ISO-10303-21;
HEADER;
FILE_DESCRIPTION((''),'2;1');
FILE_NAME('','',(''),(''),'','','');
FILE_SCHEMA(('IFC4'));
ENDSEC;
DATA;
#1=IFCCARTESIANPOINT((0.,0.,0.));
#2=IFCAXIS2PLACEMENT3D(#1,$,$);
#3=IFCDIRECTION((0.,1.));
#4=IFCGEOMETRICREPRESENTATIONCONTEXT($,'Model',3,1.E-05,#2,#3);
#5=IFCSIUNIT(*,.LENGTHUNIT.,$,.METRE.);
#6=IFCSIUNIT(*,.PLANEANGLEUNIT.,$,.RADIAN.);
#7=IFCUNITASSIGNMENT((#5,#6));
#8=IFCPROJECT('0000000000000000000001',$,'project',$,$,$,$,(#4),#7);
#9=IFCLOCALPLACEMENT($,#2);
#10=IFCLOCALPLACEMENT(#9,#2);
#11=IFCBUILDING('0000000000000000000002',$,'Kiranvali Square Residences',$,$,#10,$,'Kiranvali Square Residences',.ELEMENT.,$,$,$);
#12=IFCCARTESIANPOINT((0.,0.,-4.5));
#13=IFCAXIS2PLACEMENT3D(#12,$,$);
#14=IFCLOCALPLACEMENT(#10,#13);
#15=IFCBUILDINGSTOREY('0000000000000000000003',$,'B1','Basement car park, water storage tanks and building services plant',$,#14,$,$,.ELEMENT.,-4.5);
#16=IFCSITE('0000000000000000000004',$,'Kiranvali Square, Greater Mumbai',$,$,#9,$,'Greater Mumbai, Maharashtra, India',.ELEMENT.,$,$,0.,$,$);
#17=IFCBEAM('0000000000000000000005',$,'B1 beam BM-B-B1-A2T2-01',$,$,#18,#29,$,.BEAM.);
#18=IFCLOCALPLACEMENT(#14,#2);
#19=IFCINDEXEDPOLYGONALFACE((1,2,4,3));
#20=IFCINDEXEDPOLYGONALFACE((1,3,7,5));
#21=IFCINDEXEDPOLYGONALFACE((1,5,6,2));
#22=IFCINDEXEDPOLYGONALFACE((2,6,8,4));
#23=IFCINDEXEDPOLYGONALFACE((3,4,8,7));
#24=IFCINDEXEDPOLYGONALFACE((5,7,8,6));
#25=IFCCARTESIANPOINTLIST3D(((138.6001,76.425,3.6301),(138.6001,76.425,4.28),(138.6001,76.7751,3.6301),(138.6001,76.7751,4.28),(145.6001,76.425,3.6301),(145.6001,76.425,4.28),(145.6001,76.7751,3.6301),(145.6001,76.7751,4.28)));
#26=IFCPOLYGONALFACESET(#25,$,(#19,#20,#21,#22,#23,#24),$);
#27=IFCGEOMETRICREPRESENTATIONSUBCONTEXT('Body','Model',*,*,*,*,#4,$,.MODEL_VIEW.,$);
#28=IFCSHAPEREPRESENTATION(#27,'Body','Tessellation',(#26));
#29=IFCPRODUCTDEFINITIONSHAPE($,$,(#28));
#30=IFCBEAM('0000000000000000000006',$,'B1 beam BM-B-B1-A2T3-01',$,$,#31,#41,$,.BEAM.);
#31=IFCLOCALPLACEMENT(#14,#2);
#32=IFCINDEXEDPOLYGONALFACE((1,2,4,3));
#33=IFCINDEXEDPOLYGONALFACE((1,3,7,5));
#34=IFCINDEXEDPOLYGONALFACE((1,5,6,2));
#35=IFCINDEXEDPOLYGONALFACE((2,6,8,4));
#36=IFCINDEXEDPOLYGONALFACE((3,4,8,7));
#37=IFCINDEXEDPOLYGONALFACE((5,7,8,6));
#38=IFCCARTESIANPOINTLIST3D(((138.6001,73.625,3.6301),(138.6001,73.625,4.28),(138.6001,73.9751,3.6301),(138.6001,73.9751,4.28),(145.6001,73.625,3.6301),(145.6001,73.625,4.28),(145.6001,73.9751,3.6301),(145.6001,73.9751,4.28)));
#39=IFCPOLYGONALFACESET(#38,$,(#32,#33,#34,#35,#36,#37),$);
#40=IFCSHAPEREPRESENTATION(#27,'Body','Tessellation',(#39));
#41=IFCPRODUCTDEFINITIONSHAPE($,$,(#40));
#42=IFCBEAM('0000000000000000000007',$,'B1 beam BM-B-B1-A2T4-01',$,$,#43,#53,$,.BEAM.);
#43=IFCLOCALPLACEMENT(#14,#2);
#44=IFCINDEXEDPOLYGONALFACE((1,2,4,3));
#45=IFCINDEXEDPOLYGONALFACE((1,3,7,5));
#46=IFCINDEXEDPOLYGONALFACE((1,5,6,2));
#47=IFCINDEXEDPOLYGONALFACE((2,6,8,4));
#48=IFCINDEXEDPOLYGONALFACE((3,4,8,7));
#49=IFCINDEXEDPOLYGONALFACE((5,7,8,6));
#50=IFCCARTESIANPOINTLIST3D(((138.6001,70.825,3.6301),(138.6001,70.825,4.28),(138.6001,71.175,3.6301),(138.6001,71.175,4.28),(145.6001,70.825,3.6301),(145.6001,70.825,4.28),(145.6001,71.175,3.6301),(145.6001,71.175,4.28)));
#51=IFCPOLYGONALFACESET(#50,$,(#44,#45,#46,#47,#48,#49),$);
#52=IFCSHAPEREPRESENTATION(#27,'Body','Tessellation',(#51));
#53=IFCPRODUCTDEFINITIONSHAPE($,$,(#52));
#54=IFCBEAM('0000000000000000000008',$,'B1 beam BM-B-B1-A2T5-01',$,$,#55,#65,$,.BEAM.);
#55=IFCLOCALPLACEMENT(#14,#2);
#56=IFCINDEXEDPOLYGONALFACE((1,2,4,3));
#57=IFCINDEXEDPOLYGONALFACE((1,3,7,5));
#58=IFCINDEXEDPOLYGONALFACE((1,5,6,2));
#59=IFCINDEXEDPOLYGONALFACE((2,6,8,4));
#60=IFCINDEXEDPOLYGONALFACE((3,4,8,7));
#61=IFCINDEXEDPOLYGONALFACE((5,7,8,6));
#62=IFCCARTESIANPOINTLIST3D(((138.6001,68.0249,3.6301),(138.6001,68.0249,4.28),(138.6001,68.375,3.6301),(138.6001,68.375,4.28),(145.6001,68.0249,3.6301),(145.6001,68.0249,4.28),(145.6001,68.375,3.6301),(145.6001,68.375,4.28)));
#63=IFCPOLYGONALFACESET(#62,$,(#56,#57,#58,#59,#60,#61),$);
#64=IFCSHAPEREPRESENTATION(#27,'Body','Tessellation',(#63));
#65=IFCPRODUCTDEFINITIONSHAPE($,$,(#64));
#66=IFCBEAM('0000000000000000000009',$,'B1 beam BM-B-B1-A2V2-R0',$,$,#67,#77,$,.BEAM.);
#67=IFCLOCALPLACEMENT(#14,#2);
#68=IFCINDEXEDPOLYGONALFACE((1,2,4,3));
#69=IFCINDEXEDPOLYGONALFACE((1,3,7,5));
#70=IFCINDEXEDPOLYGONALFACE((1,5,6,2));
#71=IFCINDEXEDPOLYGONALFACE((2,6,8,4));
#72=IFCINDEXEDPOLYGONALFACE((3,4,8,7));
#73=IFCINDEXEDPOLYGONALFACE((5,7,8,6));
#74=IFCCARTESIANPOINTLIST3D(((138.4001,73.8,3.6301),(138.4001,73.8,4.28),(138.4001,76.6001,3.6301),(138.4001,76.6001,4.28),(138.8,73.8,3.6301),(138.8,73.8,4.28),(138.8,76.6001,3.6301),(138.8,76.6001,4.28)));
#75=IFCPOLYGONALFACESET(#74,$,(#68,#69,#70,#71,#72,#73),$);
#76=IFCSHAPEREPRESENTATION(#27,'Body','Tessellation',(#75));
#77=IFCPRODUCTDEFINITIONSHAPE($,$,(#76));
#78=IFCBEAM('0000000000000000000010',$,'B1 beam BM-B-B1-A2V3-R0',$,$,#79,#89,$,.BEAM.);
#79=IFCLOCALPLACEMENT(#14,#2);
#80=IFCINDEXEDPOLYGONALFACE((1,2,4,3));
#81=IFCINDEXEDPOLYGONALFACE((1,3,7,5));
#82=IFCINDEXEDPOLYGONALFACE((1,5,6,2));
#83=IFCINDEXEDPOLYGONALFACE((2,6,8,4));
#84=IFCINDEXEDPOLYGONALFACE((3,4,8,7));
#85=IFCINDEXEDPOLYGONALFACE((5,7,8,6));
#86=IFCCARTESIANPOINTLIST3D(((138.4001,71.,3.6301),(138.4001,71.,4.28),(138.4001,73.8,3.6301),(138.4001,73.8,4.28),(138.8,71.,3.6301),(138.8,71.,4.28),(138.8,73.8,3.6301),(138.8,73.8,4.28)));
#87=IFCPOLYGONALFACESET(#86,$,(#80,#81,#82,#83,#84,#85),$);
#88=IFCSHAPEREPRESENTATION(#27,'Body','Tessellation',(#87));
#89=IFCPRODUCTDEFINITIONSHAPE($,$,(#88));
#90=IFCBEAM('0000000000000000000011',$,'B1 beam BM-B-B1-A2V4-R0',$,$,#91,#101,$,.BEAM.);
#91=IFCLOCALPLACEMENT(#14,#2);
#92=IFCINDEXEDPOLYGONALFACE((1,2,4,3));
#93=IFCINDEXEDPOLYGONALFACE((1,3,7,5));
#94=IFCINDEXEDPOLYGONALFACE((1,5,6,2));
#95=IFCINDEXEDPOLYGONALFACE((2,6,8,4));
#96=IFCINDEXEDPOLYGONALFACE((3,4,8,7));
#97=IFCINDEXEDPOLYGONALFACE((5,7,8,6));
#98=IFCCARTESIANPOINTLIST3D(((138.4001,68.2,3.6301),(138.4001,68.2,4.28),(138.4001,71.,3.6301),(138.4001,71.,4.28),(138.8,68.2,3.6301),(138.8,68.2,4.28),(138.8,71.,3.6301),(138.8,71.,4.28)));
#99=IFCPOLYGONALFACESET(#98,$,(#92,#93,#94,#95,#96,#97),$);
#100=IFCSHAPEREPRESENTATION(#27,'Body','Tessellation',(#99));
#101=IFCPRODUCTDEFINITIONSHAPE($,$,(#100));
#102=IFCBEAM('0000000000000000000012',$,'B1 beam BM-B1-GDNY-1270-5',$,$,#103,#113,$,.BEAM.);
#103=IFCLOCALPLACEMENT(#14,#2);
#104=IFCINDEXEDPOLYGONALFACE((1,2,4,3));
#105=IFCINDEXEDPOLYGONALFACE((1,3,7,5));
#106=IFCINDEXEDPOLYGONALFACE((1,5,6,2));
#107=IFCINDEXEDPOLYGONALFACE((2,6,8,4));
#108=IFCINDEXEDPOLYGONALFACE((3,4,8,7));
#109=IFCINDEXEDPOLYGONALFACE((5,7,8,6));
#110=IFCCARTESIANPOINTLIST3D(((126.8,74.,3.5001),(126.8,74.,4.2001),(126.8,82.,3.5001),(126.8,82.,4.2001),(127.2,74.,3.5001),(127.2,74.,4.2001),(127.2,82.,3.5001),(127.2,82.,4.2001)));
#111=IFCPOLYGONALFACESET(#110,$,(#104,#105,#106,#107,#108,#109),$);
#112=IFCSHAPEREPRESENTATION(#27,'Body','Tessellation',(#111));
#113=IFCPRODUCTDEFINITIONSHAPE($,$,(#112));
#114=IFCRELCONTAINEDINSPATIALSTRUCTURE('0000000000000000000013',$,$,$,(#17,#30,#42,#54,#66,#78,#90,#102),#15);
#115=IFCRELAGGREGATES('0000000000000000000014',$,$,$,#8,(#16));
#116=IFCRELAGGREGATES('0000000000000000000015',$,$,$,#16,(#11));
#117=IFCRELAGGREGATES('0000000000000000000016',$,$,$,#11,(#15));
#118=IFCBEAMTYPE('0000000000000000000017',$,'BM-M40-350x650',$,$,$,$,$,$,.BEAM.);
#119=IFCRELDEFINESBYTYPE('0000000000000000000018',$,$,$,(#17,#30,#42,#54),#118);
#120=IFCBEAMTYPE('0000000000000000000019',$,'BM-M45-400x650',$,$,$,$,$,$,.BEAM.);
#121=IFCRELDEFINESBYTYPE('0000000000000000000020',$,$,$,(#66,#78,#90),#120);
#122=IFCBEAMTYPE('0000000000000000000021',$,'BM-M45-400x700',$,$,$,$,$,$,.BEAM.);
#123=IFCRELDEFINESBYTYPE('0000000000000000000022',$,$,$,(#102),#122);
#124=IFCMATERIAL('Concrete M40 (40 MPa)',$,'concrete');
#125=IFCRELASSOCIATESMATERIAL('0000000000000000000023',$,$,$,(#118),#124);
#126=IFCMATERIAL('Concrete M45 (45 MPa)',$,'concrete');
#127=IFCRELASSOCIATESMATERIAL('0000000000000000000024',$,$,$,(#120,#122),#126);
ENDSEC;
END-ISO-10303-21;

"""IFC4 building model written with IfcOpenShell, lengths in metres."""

from ifc_helpers import new_model, si_unit, direction, frame, origin, origin_2d, place, context, subcontext, project, spatial, rectangle, extrude, material, material_profile, profile_set, type_object, element, save


model = new_model("IFC4")

# Units and contexts
model_context = context("Model", 3, precision=1e-05, world=origin(), true_north=direction((0.0, 1.0)))
body_context = subcontext(model_context, "Body", "Model", "MODEL_VIEW")
ifc_project = project(units=[si_unit("LENGTHUNIT", "METRE"), si_unit("PLANEANGLEUNIT", "RADIAN")], contexts=[model_context])

# Site, building, storey
site_placement = place(None, origin())
site = spatial("IfcSite", under=ifc_project, at=site_placement, Name="Kiranvali Square, Greater Mumbai", LongName="Greater Mumbai, Maharashtra, India", CompositionType="ELEMENT", RefElevation=0.0)
building_placement = place(site_placement, origin())
building = spatial("IfcBuilding", under=site, at=building_placement, Name="Kiranvali Square Residences", LongName="Kiranvali Square Residences", CompositionType="ELEMENT")
storey_placement = place(building_placement, frame((0.0, 0.0, -4.5)))
storey = spatial("IfcBuildingStorey", under=building, at=storey_placement, Name="B1", Description="Basement car park, water storage tanks and building services plant", CompositionType="ELEMENT", Elevation=-4.5)

# Shared definitions
ifc_material_1 = material(Name="Concrete M40 (40 MPa)", Category="concrete")

# Shared definitions
ifc_material_2 = material(Name="Concrete M45 (45 MPa)", Category="concrete")

# Beams
ifc_material_profile_1 = material_profile(ifc_material_1, rectangle(XDim=0.3501, YDim=0.6499, at=origin_2d()), Name="RC 350x650")
ifc_profile_set_1 = profile_set([ifc_material_profile_1], Name="Concrete M40 (40 MPa)")
beam_type_1 = type_object("IfcBeamType", Name="BM-M40-350x650", PredefinedType="BEAM", material=ifc_profile_set_1)
for number, where, z_axis, x_axis, name in (
    (1, (138.6001, 76.6001, 3.9551), (1.0, 0.0, 0.0), (0.0, 1.0, 0.0), "B1 beam BM-B-B1-A2T2-01"),
    (2, (138.6001, 73.8, 3.9551), (1.0, 0.0, 0.0), (0.0, 1.0, 0.0), "B1 beam BM-B-B1-A2T3-01"),
    (3, (138.6001, 71.0, 3.9551), (1.0, 0.0, 0.0), (0.0, 1.0, 0.0), "B1 beam BM-B-B1-A2T4-01"),
    (4, (138.6001, 68.2, 3.9551), (1.0, 0.0, 0.0), (0.0, 1.0, 0.0), "B1 beam BM-B-B1-A2T5-01"),
):
    element("IfcBeam", number, at=place(storey_placement, frame(where, z_axis=z_axis, x_axis=x_axis)), inside=storey, type_object=beam_type_1, Name=name, PredefinedType="BEAM", context=body_context, shape_type="SweptSolid", body=[
        extrude(rectangle(XDim=0.3501, YDim=0.6499, at=origin_2d()), origin(), (0.0, 0.0, 1.0), 7.0),
    ])
ifc_material_profile_2 = material_profile(ifc_material_2, rectangle(XDim=0.3999, YDim=0.6499, at=origin_2d()), Name="RC 400x650")
ifc_profile_set_2 = profile_set([ifc_material_profile_2], Name="Concrete M45 (45 MPa)")
beam_type_2 = type_object("IfcBeamType", Name="BM-M45-400x650", PredefinedType="BEAM", material=ifc_profile_set_2)
for number, where, z_axis, x_axis, name in (
    (5, (138.6001, 76.6001, 3.9551), (0.0, -1.0, 0.0), (1.0, 0.0, 0.0), "B1 beam BM-B-B1-A2V2-R0"),
    (6, (138.6001, 73.8, 3.9551), (0.0, -1.0, 0.0), (1.0, 0.0, 0.0), "B1 beam BM-B-B1-A2V3-R0"),
    (7, (138.6001, 71.0, 3.9551), (0.0, -1.0, 0.0), (1.0, 0.0, 0.0), "B1 beam BM-B-B1-A2V4-R0"),
):
    element("IfcBeam", number, at=place(storey_placement, frame(where, z_axis=z_axis, x_axis=x_axis)), inside=storey, type_object=beam_type_2, Name=name, PredefinedType="BEAM", context=body_context, shape_type="SweptSolid", body=[
        extrude(rectangle(XDim=0.3999, YDim=0.6499, at=origin_2d()), origin(), (0.0, 0.0, 1.0), 2.8),
    ])
ifc_material_profile_3 = material_profile(ifc_material_2, rectangle(XDim=0.3999, YDim=0.7, at=origin_2d()), Name="RC 400x700")
ifc_profile_set_3 = profile_set([ifc_material_profile_3], Name="Concrete M45 (45 MPa)")
beam_type_3 = type_object("IfcBeamType", Name="BM-M45-400x700", PredefinedType="BEAM", material=ifc_profile_set_3)
beam_placement = place(storey_placement, frame((127.0, 74.0, 3.8501), z_axis=(0.0, 1.0, 0.0), x_axis=(-1.0, 0.0, 0.0)))
element("IfcBeam", 8, at=beam_placement, inside=storey, type_object=beam_type_3, Name="B1 beam BM-B1-GDNY-1270-5", PredefinedType="BEAM", context=body_context, shape_type="SweptSolid", body=[
    extrude(rectangle(XDim=0.3999, YDim=0.7, at=origin_2d()), origin(), (0.0, 0.0, 1.0), 8.0),
])

save(model, "model.ifc")
